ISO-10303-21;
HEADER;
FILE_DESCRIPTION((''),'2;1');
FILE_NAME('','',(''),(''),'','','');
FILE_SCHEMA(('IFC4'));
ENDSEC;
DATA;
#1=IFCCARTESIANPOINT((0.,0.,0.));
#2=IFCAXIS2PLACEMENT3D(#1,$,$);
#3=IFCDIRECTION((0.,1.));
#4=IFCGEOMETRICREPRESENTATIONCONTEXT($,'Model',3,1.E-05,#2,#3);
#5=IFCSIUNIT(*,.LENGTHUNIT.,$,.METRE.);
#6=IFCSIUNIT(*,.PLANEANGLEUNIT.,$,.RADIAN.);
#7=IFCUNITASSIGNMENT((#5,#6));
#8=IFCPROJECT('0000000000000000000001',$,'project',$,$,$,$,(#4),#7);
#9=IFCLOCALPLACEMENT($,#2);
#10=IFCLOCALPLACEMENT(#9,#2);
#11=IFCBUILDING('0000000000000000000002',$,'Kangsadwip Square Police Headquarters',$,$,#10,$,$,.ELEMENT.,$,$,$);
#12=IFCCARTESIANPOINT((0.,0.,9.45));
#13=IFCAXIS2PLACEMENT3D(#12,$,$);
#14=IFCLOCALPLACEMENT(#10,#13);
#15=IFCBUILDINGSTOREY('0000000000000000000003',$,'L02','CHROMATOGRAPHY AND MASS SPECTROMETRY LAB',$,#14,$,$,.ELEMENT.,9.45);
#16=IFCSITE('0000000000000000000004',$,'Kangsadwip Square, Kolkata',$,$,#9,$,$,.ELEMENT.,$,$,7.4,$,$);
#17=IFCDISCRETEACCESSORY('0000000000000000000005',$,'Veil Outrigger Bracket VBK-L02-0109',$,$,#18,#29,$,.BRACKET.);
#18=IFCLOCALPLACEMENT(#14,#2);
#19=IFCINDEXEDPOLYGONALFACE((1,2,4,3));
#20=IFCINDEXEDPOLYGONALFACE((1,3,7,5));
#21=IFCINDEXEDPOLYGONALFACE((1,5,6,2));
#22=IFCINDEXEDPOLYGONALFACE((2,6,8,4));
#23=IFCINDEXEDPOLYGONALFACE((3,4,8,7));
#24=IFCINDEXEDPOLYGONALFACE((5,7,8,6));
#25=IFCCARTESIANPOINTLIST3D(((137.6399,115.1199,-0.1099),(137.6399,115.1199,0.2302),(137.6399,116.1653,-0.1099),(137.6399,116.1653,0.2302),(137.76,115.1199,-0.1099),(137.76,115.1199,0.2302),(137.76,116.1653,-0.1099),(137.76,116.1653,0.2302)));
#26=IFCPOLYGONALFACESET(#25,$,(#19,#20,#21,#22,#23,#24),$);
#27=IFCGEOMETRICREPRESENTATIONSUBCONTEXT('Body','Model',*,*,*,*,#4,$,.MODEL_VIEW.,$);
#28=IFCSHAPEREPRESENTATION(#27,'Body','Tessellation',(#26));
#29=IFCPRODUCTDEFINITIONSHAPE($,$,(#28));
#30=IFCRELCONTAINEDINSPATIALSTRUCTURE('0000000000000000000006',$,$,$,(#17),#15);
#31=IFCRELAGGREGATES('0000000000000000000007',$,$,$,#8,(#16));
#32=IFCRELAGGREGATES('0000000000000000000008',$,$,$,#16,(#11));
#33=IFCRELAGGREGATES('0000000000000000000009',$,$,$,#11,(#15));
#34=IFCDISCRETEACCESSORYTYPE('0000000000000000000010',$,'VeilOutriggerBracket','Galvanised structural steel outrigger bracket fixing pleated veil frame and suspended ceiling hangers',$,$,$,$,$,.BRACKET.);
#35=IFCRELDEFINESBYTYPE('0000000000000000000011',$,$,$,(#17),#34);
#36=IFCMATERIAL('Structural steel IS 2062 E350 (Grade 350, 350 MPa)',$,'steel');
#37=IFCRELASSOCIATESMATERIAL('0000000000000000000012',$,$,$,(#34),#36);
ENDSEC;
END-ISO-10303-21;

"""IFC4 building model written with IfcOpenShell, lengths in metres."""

from ifc_helpers import new_model, si_unit, direction, frame, origin, origin_2d, place, context, subcontext, project, spatial, rectangle, extrude, material, type_object, element, save


model = new_model("IFC4")

# Units and contexts
model_context = context("Model", 3, precision=1e-05, world=origin(), true_north=direction((0.0, 1.0)))
body_context = subcontext(model_context, "Body", "Model", "MODEL_VIEW")
ifc_project = project(units=[si_unit("LENGTHUNIT", "METRE"), si_unit("PLANEANGLEUNIT", "RADIAN")], contexts=[model_context])

# Site, building, storey
site_placement = place(None, origin())
site = spatial("IfcSite", under=ifc_project, at=site_placement, Name="Kangsadwip Square, Kolkata", CompositionType="ELEMENT", RefElevation=7.4)
building_placement = place(site_placement, origin())
building = spatial("IfcBuilding", under=site, at=building_placement, Name="Kangsadwip Square Police Headquarters", CompositionType="ELEMENT")
storey_placement = place(building_placement, frame((0.0, 0.0, 9.45)))
storey = spatial("IfcBuildingStorey", under=building, at=storey_placement, Name="L02", Description="CHROMATOGRAPHY AND MASS SPECTROMETRY LAB", CompositionType="ELEMENT", Elevation=9.45)

# Discrete accessory
ifc_material_1 = material(Name="Structural steel IS 2062 E350 (Grade 350, 350 MPa)", Category="steel")
discrete_accessory_type = type_object("IfcDiscreteAccessoryType", Name="VeilOutriggerBracket", Description="Galvanised structural steel outrigger bracket fixing pleated veil frame and suspended ceiling hangers", PredefinedType="BRACKET", material=ifc_material_1)
discrete_accessory_1_placement = place(storey_placement, frame((137.7, 115.6426, -0.1099), z_axis=(0.0, 0.0, 1.0), x_axis=(1.0, 0.0, 0.0)))
element("IfcDiscreteAccessory", 1, at=discrete_accessory_1_placement, inside=storey, type_object=discrete_accessory_type, Name="Veil Outrigger Bracket VBK-L02-0109", PredefinedType="BRACKET", context=body_context, shape_type="SweptSolid", body=[
    extrude(rectangle(XDim=0.1201, YDim=1.0454, at=origin_2d()), origin(), (0.0, 0.0, 1.0), 0.3401),
])

save(model, "model.ifc")
